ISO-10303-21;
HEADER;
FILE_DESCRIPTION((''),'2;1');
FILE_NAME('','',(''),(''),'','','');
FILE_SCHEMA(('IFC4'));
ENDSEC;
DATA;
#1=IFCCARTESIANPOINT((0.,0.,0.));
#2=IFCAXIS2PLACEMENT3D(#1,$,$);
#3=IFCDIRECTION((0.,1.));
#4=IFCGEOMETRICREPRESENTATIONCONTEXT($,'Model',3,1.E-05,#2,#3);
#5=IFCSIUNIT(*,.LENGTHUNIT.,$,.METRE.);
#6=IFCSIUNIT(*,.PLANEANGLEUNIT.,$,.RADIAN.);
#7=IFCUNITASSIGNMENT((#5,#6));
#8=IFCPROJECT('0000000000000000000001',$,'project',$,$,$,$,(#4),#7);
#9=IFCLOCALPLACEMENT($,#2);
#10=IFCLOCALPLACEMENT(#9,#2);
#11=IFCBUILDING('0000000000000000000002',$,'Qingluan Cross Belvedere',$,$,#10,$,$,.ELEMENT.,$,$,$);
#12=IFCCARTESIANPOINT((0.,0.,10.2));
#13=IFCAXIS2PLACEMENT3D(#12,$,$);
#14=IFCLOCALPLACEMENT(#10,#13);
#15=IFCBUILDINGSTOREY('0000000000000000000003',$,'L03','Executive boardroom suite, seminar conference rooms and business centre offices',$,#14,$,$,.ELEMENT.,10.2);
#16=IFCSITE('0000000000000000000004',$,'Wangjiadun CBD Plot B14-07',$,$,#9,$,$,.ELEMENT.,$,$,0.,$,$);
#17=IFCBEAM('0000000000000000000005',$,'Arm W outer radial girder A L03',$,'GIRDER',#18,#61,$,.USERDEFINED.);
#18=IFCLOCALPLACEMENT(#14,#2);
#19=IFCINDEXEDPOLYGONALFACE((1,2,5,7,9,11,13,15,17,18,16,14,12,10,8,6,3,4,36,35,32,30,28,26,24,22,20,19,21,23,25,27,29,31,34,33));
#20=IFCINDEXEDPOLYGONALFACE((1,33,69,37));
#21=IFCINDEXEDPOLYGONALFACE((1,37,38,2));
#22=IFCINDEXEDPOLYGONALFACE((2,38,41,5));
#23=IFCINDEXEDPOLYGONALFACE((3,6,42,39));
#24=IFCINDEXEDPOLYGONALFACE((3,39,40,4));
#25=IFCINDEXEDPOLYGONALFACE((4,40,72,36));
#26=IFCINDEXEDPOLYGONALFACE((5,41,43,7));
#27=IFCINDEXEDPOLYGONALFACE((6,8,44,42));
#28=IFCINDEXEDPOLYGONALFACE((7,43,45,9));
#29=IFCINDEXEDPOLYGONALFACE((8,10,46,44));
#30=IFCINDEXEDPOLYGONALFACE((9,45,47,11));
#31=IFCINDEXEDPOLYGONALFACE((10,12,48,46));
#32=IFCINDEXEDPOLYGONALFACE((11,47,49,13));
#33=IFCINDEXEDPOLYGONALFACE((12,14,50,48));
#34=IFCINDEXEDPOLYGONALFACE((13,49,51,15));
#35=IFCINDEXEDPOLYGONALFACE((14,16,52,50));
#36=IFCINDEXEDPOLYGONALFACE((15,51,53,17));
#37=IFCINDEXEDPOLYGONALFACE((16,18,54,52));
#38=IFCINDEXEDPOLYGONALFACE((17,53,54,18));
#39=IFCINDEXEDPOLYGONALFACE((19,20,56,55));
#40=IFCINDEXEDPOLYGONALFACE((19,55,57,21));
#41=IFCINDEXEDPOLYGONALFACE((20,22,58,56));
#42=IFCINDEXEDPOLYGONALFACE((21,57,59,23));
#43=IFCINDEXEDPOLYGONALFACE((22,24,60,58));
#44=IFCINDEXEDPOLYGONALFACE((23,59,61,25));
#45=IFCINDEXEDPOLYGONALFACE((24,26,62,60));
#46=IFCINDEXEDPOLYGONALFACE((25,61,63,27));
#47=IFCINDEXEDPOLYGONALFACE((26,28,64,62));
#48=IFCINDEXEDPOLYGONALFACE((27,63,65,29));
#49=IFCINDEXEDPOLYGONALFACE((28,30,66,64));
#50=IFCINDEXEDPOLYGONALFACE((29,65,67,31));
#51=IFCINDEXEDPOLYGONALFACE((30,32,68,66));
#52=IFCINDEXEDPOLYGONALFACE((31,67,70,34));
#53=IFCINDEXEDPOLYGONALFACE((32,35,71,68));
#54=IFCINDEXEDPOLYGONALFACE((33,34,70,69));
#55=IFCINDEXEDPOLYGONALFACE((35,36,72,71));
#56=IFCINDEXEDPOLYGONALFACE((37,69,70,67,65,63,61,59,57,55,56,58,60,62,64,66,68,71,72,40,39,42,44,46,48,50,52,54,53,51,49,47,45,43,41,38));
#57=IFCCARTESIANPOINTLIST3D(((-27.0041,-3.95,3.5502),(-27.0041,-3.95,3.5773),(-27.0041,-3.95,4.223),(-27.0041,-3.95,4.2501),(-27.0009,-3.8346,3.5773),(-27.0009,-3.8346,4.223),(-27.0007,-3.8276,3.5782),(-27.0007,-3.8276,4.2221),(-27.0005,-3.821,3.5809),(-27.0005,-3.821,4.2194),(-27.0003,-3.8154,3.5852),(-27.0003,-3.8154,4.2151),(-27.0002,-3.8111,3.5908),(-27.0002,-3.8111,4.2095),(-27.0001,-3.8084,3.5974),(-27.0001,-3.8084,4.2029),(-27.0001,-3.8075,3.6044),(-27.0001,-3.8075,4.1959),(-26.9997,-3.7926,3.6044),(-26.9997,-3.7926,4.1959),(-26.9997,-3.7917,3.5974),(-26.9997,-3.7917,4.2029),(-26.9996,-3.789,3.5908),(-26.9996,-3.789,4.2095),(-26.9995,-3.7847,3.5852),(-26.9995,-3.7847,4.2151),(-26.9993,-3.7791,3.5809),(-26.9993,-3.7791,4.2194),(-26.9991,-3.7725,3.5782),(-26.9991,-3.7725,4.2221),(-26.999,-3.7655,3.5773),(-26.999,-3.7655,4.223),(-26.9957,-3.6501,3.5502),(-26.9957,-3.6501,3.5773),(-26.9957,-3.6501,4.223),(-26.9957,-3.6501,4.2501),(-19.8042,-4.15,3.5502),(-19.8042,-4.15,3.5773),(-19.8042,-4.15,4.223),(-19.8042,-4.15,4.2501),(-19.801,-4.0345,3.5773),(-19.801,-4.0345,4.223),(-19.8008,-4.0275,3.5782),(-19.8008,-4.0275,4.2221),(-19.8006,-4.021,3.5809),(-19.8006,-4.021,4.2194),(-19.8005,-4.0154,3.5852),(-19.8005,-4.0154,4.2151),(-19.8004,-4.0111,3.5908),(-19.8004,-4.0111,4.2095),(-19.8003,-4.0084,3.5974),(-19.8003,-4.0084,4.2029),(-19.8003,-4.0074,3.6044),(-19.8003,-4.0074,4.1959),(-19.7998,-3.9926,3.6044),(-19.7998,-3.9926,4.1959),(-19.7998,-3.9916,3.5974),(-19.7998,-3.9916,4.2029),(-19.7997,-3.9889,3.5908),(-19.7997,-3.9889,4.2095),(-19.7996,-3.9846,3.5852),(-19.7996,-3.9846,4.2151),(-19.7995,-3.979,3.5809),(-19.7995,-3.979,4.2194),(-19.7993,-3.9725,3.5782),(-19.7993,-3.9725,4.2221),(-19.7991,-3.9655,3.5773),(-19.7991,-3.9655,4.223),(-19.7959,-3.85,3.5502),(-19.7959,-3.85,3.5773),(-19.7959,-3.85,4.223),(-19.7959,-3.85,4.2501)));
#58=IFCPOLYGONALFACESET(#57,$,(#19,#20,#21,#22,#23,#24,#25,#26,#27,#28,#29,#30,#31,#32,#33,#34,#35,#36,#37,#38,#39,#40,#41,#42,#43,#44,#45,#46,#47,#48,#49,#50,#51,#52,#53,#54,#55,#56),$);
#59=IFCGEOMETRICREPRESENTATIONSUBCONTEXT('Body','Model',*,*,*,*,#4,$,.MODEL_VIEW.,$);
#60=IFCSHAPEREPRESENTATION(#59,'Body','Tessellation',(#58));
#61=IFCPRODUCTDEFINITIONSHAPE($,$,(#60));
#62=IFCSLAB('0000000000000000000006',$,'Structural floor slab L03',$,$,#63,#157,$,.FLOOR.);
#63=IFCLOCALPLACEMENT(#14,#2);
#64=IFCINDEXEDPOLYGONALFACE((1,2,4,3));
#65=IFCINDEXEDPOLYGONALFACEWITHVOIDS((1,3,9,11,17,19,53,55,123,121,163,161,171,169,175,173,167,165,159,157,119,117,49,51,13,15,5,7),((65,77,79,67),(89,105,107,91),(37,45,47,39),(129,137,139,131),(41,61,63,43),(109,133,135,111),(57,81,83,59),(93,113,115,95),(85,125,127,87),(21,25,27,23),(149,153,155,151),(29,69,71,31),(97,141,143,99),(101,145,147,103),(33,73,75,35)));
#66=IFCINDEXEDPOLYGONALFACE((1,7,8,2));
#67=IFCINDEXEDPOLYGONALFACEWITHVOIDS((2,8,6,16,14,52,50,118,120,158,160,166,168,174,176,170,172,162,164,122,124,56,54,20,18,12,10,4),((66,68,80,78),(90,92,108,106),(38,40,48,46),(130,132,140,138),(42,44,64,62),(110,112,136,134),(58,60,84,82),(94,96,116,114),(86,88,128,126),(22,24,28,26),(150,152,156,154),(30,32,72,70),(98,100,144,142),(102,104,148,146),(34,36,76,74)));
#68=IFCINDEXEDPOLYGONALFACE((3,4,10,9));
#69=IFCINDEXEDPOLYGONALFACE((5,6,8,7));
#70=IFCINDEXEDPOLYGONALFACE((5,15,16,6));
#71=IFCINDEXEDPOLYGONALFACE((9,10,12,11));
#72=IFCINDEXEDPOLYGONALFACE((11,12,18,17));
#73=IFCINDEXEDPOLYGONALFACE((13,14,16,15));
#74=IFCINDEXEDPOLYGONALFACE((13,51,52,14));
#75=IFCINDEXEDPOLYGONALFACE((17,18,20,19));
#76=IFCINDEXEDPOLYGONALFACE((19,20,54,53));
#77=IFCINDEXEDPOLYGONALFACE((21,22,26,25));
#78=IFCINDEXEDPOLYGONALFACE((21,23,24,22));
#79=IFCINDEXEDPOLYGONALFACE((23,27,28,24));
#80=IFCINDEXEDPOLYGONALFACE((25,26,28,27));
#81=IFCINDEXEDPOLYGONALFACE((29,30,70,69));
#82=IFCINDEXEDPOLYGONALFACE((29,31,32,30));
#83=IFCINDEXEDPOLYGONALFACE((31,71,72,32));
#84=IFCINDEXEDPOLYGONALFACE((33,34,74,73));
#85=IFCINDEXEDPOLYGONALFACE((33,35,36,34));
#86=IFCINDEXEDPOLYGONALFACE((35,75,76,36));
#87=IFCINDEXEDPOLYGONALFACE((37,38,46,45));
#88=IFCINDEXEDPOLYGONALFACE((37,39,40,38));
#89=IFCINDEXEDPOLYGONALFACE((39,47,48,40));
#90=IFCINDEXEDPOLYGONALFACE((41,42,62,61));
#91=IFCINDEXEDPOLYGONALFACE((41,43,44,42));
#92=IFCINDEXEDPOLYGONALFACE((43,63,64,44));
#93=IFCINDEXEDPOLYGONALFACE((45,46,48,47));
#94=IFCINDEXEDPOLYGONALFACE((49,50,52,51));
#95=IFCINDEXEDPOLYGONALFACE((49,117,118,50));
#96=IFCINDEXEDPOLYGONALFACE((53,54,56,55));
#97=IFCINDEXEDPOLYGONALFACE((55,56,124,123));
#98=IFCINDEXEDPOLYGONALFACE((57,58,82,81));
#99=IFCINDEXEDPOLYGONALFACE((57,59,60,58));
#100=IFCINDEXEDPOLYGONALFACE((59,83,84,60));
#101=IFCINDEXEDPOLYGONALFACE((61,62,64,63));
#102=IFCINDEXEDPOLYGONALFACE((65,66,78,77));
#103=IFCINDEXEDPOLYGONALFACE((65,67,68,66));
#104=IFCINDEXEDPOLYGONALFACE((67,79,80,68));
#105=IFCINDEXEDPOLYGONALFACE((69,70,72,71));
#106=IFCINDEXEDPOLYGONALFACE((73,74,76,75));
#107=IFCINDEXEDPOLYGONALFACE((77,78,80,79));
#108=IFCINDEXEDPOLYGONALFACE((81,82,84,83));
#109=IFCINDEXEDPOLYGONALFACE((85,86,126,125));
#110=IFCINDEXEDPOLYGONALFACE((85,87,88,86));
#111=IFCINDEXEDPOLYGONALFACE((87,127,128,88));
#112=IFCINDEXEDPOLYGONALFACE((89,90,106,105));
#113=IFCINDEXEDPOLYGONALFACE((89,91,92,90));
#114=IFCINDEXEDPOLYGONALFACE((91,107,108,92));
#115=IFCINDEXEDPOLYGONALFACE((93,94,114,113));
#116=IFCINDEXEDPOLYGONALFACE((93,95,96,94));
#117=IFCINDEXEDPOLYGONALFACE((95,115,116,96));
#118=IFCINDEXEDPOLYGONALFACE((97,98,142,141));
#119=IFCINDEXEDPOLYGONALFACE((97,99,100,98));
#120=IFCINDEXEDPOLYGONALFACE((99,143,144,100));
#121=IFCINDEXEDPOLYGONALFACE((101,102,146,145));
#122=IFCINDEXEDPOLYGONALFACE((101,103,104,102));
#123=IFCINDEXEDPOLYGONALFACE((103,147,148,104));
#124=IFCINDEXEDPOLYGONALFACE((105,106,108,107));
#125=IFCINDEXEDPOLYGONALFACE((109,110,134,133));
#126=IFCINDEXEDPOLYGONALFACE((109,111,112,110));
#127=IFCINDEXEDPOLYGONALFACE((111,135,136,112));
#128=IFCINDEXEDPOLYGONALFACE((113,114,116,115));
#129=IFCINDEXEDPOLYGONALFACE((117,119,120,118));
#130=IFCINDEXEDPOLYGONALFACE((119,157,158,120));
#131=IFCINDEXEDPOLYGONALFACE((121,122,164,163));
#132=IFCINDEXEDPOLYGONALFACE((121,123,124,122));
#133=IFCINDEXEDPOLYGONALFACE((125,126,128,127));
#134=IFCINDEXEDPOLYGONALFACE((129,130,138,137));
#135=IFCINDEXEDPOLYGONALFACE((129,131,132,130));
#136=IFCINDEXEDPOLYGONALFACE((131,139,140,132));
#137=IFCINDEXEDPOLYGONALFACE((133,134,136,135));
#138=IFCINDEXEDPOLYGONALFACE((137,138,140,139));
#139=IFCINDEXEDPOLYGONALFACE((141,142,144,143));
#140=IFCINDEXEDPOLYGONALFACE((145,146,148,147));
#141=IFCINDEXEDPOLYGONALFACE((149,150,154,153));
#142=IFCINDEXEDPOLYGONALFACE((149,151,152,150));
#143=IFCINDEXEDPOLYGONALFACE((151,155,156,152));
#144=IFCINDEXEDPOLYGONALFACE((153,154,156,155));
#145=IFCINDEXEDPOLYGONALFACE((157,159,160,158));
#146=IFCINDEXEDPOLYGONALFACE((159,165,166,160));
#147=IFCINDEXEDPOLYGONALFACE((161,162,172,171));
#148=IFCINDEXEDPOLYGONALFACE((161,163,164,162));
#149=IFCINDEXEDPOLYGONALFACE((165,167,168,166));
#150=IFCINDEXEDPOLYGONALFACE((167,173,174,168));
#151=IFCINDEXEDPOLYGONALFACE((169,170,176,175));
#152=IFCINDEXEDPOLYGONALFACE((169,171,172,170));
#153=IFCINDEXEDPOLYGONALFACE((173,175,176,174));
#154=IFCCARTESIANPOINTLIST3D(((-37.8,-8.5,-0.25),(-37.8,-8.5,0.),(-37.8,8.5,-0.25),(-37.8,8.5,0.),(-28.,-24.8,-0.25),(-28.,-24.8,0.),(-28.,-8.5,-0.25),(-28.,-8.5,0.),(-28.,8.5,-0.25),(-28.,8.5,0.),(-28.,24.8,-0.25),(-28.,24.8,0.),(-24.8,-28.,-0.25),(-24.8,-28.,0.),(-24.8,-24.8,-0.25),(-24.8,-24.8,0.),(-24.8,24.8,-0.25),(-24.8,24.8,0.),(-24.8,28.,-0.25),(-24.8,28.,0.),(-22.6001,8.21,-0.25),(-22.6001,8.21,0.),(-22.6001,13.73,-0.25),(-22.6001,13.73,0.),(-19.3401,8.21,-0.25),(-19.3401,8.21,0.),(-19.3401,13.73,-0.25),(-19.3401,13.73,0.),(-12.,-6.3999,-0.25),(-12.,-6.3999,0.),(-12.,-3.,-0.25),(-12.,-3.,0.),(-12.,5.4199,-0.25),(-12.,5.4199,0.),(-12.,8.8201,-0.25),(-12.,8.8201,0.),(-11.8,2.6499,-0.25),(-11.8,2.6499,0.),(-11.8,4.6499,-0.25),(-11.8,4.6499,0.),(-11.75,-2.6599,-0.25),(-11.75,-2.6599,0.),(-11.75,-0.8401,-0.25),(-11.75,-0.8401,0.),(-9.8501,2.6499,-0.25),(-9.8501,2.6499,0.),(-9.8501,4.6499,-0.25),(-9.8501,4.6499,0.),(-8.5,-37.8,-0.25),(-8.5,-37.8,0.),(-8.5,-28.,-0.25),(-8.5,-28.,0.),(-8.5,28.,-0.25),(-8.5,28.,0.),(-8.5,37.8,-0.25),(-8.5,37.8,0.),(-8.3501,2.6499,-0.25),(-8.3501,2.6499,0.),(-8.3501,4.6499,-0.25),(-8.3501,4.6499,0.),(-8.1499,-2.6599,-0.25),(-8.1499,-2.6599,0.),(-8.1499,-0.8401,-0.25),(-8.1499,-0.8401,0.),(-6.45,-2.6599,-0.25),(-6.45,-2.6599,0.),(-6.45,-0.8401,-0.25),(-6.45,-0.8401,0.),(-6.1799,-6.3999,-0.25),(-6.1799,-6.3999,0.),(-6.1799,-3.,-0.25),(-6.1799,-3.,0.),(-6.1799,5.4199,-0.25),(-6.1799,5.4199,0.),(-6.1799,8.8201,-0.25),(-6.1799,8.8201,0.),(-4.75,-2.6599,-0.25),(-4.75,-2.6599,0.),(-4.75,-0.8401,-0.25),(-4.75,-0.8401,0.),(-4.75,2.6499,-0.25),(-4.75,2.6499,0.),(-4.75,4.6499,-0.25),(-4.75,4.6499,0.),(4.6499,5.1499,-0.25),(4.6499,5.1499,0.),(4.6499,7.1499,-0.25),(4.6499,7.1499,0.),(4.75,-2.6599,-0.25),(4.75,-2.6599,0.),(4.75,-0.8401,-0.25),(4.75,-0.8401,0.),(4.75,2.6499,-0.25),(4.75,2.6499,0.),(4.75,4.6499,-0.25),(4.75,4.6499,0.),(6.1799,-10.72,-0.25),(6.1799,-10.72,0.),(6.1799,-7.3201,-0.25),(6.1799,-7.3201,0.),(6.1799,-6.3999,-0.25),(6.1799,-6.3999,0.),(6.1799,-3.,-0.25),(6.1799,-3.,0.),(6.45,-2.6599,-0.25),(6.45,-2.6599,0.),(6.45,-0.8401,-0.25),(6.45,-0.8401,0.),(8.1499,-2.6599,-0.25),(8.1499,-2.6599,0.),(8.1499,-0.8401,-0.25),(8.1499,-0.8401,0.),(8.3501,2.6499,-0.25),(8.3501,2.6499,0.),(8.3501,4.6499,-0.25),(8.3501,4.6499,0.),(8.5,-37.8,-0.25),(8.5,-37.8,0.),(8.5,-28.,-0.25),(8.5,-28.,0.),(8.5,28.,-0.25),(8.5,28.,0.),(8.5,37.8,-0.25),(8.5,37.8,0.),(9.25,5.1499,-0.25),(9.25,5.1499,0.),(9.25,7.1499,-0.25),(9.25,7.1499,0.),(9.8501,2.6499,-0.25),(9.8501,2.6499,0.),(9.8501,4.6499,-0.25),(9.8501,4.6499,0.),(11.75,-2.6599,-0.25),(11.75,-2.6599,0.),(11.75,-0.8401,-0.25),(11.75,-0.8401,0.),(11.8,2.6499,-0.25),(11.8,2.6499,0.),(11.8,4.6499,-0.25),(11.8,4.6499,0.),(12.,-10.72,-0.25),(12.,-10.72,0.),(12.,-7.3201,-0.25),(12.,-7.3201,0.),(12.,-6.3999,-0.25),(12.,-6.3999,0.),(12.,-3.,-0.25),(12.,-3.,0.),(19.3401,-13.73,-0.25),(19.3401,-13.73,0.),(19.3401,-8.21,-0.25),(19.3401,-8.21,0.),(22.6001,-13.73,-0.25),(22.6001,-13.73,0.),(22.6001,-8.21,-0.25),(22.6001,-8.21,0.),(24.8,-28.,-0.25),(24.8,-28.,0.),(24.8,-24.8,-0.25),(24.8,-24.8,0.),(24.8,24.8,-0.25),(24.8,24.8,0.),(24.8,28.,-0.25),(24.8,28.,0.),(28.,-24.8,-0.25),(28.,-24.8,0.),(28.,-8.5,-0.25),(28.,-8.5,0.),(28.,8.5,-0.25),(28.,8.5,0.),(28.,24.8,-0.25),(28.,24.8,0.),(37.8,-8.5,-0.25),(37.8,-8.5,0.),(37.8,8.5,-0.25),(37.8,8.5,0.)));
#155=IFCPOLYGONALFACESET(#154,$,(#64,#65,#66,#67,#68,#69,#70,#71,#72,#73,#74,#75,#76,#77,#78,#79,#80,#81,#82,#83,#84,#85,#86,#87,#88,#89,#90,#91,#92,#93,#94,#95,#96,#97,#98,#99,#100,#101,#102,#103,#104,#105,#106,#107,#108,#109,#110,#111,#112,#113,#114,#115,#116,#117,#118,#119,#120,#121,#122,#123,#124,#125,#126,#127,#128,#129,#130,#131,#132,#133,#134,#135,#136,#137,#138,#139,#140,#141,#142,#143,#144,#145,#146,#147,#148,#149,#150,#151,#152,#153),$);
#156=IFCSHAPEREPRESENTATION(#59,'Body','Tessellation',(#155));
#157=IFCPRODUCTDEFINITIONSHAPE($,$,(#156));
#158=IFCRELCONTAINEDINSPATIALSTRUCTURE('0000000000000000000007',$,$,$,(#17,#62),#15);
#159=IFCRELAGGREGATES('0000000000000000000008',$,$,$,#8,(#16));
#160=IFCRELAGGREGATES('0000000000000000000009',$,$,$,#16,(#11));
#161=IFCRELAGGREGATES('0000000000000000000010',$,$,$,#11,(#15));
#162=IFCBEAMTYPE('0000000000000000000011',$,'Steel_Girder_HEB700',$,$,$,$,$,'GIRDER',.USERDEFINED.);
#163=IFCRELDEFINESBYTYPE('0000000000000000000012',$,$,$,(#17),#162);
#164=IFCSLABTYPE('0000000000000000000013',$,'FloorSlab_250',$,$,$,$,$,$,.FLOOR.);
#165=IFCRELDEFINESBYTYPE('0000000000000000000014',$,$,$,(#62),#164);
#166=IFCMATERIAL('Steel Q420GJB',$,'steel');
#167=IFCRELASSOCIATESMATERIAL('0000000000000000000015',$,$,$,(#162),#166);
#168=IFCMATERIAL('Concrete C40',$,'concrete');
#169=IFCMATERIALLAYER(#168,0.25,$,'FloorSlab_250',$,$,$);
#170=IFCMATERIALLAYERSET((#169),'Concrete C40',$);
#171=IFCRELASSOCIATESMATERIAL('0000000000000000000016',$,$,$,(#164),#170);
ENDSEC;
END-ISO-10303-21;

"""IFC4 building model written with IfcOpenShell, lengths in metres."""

from ifc_helpers import new_model, si_unit, direction, frame, origin, origin_2d, place, context, subcontext, project, spatial, polyline, i_section, outline, extrude, material, layer, layer_set, material_profile, profile_set, type_object, element, save


model = new_model("IFC4")

# Units and contexts
model_context = context("Model", 3, precision=1e-05, world=origin(), true_north=direction((0.0, 1.0)))
body_context = subcontext(model_context, "Body", "Model", "MODEL_VIEW")
ifc_project = project(units=[si_unit("LENGTHUNIT", "METRE"), si_unit("PLANEANGLEUNIT", "RADIAN")], contexts=[model_context])

# Site, building, storey
site_placement = place(None, origin())
site = spatial("IfcSite", under=ifc_project, at=site_placement, Name="Wangjiadun CBD Plot B14-07", CompositionType="ELEMENT", RefElevation=0.0)
building_placement = place(site_placement, origin())
building = spatial("IfcBuilding", under=site, at=building_placement, Name="Qingluan Cross Belvedere", CompositionType="ELEMENT")
storey_placement = place(building_placement, frame((0.0, 0.0, 10.2)))
storey = spatial("IfcBuildingStorey", under=building, at=storey_placement, Name="L03", Description="Executive boardroom suite, seminar conference rooms and business centre offices", CompositionType="ELEMENT", Elevation=10.2)

# Beam
ifc_material_1 = material(Name="Steel Q420GJB", Category="steel")
ifc_material_profile_1 = material_profile(ifc_material_1, i_section(OverallWidth=0.3, OverallDepth=0.7, WebThickness=0.0149, FlangeThickness=0.0271, FilletRadius=0.0271, at=origin_2d()), Name="HEB700")
ifc_profile_set_1 = profile_set([ifc_material_profile_1], Name="Steel Q420GJB")
beam_type_1 = type_object("IfcBeamType", Name="Steel_Girder_HEB700", ElementType="GIRDER", PredefinedType="USERDEFINED", material=ifc_profile_set_1)
beam_1_placement = place(storey_placement, frame((-19.8, -4.0, 3.9001), z_axis=(-0.999615, 0.02776, 0.0), x_axis=(-0.02776, -0.999615, 0.0)))
element("IfcBeam", 1, at=beam_1_placement, inside=storey, type_object=beam_type_1, Name="Arm W outer radial girder A L03", ObjectType="GIRDER", PredefinedType="USERDEFINED", context=body_context, shape_type="SweptSolid", body=[
    extrude(i_section(OverallWidth=0.3, OverallDepth=0.7, WebThickness=0.0149, FlangeThickness=0.0271, FilletRadius=0.0271, at=origin_2d()), origin(), (0.0, 0.0, 1.0), 7.2026),
])

# Slab
ifc_material_2 = material(Name="Concrete C40", Category="concrete")
ifc_layer_1 = layer(ifc_material_2, 0.25, Name="FloorSlab_250")
ifc_layer_set_1 = layer_set([ifc_layer_1], Name="Concrete C40")
slab_type_1 = type_object("IfcSlabType", Name="FloorSlab_250", PredefinedType="FLOOR", material=ifc_layer_set_1)
slab_1_placement = place(storey_placement, frame((0.0, 0.0, -0.25)))
element("IfcSlab", 2, at=slab_1_placement, inside=storey, type_object=slab_type_1, Name="Structural floor slab L03", PredefinedType="FLOOR", context=body_context, shape_type="SweptSolid", body=[
    extrude(outline(polyline([(24.8, -28.0), (24.8, -24.8), (28.0, -24.8), (28.0, -8.5), (37.8, -8.5), (37.8, 8.5), (28.0, 8.5), (28.0, 24.8), (24.8, 24.8), (24.8, 28.0), (8.5, 28.0), (8.5, 37.8), (-8.5, 37.8), (-8.5, 28.0), (-24.8, 28.0), (-24.8, 24.8), (-28.0, 24.8), (-28.0, 8.5), (-37.8, 8.5), (-37.8, -8.5), (-28.0, -8.5), (-28.0, -24.8), (-24.8, -24.8), (-24.8, -28.0), (-8.5, -28.0), (-8.5, -37.8), (8.5, -37.8), (8.5, -28.0), (24.8, -28.0)]), holes=[polyline([(-12.0, -3.0), (-6.1799, -3.0), (-6.1799, -6.3999), (-12.0, -6.3999), (-12.0, -3.0)]), polyline([(6.1799, -3.0), (12.0, -3.0), (12.0, -6.3999), (6.1799, -6.3999), (6.1799, -3.0)]), polyline([(-12.0, 8.8201), (-6.1799, 8.8201), (-6.1799, 5.4199), (-12.0, 5.4199), (-12.0, 8.8201)]), polyline([(6.1799, -7.3201), (12.0, -7.3201), (12.0, -10.72), (6.1799, -10.72), (6.1799, -7.3201)]), polyline([(-22.6001, 13.73), (-19.3401, 13.73), (-19.3401, 8.21), (-22.6001, 8.21), (-22.6001, 13.73)]), polyline([(19.3401, -8.21), (22.6001, -8.21), (22.6001, -13.73), (19.3401, -13.73), (19.3401, -8.21)]), polyline([(-11.8, 4.6499), (-9.8501, 4.6499), (-9.8501, 2.6499), (-11.8, 2.6499), (-11.8, 4.6499)]), polyline([(-8.3501, 4.6499), (-4.75, 4.6499), (-4.75, 2.6499), (-8.3501, 2.6499), (-8.3501, 4.6499)]), polyline([(4.75, 4.6499), (8.3501, 4.6499), (8.3501, 2.6499), (4.75, 2.6499), (4.75, 4.6499)]), polyline([(9.8501, 4.6499), (11.8, 4.6499), (11.8, 2.6499), (9.8501, 2.6499), (9.8501, 4.6499)]), polyline([(-11.75, -0.8401), (-8.1499, -0.8401), (-8.1499, -2.6599), (-11.75, -2.6599), (-11.75, -0.8401)]), polyline([(-6.45, -0.8401), (-4.75, -0.8401), (-4.75, -2.6599), (-6.45, -2.6599), (-6.45, -0.8401)]), polyline([(4.75, -0.8401), (6.45, -0.8401), (6.45, -2.6599), (4.75, -2.6599), (4.75, -0.8401)]), polyline([(8.1499, -0.8401), (11.75, -0.8401), (11.75, -2.6599), (8.1499, -2.6599), (8.1499, -0.8401)]), polyline([(4.6499, 7.1499), (9.25, 7.1499), (9.25, 5.1499), (4.6499, 5.1499), (4.6499, 7.1499)])]), origin(), (0.0, 0.0, 1.0), 0.25),
])

save(model, "model.ifc")
